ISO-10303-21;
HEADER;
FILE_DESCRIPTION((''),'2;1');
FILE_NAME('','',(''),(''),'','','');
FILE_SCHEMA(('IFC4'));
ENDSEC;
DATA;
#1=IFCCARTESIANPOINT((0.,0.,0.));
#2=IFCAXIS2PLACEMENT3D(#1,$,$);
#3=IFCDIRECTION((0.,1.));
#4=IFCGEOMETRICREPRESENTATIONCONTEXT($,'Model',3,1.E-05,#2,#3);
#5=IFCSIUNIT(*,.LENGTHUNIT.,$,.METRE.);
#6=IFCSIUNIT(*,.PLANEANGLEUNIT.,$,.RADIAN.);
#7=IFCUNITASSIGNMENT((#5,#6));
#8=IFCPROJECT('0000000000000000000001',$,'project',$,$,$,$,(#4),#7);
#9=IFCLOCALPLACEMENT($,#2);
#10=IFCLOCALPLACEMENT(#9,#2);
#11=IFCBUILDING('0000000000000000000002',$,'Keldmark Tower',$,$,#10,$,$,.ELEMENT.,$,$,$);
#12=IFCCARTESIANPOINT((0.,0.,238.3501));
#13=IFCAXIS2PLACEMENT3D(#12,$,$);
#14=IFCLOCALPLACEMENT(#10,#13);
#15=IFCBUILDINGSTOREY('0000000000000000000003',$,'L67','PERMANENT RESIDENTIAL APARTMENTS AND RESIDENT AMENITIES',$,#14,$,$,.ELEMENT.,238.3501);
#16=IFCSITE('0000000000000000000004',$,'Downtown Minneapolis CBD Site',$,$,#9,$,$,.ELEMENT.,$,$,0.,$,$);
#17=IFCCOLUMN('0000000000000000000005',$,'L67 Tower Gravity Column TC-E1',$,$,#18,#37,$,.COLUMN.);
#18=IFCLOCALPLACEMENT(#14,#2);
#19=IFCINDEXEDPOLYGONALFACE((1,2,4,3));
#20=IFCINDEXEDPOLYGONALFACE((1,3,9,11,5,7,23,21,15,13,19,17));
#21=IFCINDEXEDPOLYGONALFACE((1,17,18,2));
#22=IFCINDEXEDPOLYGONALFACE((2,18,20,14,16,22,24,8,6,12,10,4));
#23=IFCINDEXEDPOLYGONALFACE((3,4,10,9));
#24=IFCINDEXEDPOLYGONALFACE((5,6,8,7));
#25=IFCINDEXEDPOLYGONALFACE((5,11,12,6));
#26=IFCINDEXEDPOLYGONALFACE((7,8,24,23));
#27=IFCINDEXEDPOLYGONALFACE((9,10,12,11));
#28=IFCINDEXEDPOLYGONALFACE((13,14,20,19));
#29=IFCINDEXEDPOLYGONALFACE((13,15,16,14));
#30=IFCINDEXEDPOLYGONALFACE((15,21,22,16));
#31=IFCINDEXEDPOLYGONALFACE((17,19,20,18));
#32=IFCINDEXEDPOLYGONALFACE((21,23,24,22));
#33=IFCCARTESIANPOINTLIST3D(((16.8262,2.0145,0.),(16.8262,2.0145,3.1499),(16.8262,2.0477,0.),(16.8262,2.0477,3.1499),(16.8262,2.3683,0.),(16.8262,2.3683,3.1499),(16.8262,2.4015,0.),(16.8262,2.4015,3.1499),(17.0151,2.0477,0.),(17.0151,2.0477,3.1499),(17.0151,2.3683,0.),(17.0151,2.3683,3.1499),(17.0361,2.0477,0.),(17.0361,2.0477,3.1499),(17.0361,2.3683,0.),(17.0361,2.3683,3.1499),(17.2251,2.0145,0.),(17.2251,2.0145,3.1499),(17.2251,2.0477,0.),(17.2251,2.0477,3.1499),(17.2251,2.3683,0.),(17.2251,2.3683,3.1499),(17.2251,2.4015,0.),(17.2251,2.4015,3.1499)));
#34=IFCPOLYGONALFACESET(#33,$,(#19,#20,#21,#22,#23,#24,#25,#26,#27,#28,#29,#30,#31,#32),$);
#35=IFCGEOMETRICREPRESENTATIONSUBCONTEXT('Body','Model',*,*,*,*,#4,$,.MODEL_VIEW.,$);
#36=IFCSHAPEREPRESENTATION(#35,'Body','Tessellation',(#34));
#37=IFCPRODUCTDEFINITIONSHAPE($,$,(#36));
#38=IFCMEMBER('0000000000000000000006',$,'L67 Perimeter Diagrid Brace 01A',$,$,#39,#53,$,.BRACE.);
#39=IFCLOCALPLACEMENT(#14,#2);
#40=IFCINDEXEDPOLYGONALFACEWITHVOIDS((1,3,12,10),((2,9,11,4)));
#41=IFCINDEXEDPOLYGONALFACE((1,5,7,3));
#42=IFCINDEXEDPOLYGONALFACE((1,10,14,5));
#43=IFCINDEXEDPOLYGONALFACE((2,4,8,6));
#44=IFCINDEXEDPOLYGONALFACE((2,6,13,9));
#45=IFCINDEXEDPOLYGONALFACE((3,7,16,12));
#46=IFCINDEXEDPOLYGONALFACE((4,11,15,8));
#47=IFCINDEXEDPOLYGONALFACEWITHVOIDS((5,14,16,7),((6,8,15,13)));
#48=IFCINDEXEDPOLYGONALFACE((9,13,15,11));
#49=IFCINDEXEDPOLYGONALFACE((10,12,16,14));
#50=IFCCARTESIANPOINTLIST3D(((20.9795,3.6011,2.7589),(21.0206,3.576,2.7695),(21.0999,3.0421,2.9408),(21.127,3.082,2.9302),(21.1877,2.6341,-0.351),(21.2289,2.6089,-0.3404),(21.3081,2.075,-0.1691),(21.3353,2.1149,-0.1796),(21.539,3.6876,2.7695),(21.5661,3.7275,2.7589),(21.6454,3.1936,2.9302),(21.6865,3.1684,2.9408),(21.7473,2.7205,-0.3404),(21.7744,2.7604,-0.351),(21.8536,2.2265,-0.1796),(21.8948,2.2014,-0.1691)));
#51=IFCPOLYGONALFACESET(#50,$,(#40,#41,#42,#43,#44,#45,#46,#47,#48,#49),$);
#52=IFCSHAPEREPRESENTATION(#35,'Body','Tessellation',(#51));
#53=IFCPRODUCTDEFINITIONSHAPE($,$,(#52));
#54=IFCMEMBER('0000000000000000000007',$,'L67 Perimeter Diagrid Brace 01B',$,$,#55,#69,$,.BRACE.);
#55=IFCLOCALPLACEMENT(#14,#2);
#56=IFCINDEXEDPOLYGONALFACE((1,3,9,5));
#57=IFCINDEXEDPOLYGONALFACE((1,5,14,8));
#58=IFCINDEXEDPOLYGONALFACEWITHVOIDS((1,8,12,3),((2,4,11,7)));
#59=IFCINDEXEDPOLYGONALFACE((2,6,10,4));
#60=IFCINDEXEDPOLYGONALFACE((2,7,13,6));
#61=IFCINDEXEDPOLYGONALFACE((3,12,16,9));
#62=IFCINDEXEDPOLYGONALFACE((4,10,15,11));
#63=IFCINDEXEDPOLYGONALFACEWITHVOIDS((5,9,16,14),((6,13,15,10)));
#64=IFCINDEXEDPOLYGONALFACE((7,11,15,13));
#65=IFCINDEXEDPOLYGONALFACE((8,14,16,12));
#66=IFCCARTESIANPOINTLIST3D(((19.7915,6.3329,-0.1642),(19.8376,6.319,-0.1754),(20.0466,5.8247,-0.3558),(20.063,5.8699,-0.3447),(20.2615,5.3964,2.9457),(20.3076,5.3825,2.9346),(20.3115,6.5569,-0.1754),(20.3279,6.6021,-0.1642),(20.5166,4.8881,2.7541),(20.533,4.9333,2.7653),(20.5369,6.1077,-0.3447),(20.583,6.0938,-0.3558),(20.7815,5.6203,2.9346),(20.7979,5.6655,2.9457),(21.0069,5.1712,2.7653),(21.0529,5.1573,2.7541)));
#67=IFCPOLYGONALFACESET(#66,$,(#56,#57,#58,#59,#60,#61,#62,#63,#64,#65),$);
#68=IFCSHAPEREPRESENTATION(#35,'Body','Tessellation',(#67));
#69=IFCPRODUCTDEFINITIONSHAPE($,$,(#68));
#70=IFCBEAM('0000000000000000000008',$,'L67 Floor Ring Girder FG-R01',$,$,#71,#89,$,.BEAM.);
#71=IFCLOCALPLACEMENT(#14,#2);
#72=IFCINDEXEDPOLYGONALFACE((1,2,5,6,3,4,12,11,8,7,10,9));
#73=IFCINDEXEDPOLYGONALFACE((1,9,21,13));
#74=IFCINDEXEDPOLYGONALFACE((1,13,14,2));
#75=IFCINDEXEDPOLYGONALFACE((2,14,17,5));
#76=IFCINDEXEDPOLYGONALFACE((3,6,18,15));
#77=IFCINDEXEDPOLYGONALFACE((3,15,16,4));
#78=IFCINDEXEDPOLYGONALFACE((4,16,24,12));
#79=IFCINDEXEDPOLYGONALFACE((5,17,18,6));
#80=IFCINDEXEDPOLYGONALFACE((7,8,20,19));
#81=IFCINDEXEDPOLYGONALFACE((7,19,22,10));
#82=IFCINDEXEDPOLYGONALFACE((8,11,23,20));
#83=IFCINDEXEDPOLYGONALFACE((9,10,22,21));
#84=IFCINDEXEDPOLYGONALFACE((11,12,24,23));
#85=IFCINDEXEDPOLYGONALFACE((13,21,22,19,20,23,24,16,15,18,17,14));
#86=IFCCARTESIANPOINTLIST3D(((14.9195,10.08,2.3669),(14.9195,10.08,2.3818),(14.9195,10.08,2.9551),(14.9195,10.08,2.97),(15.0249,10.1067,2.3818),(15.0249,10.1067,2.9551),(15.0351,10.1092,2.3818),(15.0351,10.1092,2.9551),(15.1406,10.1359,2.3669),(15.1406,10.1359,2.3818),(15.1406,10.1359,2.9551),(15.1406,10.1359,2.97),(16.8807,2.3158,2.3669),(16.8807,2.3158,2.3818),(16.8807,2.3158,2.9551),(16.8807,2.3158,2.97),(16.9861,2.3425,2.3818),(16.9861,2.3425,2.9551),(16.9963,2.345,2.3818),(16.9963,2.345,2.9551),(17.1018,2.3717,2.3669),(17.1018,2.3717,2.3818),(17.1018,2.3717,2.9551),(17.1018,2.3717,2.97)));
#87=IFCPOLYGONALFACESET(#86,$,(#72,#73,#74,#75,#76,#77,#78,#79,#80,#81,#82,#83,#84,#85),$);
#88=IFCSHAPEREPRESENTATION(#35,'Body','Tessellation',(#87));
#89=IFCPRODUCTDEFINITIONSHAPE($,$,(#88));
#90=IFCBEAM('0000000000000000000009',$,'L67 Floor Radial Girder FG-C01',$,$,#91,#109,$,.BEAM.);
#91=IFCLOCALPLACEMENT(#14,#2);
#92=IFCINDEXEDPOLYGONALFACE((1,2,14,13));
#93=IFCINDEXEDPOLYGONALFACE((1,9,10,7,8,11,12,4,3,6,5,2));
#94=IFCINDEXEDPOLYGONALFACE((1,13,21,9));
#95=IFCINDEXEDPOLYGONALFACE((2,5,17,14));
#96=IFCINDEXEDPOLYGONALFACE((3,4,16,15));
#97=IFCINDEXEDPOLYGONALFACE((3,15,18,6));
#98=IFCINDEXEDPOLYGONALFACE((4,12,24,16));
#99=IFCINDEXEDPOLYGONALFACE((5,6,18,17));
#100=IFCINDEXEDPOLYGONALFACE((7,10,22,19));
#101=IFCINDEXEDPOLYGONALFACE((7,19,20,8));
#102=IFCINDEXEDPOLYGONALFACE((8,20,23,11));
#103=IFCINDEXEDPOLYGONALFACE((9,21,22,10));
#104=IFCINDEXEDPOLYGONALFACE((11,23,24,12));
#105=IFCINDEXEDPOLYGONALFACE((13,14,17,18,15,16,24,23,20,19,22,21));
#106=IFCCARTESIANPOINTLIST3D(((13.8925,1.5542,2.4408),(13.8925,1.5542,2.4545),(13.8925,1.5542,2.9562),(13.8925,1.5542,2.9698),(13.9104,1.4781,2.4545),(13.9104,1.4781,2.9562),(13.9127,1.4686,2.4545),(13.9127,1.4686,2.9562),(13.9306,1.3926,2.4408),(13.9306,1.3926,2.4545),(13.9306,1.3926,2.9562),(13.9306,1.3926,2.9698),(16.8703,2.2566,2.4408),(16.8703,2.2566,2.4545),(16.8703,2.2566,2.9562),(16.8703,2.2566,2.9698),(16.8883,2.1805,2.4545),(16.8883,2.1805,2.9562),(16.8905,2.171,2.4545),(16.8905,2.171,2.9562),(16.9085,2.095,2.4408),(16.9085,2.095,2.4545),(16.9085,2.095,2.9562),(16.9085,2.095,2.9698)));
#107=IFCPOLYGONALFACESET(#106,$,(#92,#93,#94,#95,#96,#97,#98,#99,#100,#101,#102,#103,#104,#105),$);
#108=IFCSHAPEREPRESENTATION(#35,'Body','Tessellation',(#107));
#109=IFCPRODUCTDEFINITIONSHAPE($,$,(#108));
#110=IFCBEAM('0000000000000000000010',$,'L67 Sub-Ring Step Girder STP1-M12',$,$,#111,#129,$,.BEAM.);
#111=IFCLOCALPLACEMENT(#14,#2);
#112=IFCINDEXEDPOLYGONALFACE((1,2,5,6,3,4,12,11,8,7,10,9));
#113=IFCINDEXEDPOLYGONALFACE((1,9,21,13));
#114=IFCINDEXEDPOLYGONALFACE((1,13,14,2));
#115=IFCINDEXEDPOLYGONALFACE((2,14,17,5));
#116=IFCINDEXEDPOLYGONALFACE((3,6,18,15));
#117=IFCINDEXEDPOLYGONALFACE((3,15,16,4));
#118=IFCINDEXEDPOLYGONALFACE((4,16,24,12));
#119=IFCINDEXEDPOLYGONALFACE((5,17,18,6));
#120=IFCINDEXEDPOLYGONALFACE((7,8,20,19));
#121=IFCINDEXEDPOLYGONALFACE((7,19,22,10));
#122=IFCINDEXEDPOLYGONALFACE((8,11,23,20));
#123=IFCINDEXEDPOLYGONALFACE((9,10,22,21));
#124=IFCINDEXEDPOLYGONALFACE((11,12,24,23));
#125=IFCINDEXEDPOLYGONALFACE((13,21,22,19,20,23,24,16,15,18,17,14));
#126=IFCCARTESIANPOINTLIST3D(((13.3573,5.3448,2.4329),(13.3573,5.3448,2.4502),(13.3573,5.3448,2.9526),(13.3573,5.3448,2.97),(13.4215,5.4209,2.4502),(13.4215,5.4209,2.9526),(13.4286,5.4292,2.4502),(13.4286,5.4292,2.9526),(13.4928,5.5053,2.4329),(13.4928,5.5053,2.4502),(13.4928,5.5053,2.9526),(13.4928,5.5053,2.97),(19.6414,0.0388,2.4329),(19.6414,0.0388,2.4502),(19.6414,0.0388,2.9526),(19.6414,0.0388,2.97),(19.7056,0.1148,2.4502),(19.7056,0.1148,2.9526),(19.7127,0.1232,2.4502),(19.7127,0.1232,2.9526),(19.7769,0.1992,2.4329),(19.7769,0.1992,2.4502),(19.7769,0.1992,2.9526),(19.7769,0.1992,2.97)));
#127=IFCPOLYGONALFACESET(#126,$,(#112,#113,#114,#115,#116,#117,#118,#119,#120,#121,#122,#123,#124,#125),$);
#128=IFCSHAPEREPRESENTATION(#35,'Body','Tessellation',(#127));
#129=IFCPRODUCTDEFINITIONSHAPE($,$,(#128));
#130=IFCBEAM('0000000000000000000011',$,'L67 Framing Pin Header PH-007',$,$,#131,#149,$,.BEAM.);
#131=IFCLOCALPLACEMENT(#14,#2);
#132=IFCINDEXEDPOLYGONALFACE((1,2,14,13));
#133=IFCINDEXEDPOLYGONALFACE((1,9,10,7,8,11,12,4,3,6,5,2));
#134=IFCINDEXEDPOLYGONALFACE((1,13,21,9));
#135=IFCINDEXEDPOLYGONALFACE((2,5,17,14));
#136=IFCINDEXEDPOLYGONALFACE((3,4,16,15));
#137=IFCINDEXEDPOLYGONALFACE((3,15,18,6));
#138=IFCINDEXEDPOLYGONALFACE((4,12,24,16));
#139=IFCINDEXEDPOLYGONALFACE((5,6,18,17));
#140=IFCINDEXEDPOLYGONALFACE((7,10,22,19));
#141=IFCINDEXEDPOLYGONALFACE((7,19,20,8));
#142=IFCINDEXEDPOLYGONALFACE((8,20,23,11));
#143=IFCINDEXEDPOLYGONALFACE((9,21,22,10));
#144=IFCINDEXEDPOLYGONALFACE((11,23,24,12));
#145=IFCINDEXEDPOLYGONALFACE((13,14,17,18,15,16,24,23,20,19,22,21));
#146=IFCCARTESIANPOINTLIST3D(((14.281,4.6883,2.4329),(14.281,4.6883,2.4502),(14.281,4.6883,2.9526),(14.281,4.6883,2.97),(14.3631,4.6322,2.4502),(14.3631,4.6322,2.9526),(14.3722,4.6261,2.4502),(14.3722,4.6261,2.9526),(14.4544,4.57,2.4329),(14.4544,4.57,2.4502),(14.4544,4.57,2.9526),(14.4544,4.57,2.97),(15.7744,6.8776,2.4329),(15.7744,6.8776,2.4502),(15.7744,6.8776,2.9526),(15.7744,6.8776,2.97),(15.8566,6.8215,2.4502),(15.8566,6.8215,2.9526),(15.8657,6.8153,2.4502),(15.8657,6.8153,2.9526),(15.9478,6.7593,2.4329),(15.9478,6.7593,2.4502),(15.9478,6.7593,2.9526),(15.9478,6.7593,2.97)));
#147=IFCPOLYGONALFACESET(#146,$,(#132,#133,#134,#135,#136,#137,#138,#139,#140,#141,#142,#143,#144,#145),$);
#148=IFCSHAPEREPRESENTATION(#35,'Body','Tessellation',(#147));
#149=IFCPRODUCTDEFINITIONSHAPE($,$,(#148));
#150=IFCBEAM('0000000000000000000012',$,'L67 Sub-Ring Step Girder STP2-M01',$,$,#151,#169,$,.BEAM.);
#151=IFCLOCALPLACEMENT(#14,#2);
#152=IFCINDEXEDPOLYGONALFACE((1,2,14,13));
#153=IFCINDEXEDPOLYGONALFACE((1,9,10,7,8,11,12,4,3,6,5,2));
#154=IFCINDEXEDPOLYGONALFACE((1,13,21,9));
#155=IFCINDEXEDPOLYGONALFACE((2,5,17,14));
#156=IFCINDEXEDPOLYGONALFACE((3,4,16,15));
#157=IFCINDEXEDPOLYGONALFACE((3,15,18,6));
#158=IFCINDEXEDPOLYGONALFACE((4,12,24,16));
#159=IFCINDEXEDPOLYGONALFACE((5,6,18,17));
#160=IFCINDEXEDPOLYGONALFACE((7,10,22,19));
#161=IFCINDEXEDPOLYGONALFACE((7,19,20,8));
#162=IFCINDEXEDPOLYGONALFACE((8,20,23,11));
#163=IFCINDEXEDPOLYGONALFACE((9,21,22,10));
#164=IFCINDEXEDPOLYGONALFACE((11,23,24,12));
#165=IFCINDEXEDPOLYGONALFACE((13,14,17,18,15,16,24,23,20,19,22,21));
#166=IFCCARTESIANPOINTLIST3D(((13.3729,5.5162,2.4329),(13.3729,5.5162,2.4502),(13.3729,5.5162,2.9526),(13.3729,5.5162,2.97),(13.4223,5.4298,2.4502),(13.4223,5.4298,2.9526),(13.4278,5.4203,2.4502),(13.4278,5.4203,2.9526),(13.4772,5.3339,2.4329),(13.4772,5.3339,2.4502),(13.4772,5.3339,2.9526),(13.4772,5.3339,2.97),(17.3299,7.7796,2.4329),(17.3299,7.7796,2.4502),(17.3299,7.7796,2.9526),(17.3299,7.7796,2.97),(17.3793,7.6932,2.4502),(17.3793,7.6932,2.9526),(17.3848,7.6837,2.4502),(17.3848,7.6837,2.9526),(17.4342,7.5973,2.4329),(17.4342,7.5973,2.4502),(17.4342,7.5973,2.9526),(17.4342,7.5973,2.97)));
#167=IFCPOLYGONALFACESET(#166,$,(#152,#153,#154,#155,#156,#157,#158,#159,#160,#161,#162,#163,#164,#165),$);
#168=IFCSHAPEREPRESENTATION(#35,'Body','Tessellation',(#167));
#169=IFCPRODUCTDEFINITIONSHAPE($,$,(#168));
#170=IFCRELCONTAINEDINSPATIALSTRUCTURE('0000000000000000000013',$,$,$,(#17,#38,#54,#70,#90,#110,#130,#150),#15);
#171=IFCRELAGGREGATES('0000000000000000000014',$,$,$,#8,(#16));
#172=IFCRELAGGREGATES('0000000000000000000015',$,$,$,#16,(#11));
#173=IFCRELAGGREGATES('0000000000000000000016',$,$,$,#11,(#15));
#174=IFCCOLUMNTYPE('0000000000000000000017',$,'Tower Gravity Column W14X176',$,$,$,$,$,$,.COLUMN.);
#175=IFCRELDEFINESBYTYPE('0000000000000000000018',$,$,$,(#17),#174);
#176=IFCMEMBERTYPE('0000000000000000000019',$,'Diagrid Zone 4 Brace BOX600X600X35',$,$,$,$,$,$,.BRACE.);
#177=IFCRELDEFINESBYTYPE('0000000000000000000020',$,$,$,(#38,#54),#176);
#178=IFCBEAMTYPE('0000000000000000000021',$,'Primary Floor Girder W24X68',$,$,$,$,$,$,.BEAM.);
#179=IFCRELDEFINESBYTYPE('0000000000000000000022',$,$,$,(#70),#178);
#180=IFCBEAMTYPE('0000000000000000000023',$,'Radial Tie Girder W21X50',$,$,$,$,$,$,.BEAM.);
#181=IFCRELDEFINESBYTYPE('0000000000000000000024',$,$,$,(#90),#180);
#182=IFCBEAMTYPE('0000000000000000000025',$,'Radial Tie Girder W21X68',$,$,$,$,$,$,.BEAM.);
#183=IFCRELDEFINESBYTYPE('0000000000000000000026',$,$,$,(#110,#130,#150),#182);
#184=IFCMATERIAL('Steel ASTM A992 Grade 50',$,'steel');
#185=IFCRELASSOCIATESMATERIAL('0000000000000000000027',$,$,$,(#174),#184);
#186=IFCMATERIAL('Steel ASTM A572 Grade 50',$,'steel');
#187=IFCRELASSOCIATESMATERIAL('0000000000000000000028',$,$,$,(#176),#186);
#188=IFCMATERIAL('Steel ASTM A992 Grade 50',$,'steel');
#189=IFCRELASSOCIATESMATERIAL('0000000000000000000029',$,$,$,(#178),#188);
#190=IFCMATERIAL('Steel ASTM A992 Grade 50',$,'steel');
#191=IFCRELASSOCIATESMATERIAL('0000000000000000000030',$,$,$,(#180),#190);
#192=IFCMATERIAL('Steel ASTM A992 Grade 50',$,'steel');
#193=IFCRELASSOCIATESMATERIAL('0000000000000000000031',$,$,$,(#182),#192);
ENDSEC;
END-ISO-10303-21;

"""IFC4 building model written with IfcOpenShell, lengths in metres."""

from ifc_helpers import new_model, si_unit, direction, frame, origin, origin_2d, place, context, subcontext, project, spatial, hollow_rectangle, i_section, extrude, material, material_profile, profile_set, type_object, element, save


model = new_model("IFC4")

# Units and contexts
model_context = context("Model", 3, precision=1e-05, world=origin(), true_north=direction((0.0, 1.0)))
body_context = subcontext(model_context, "Body", "Model", "MODEL_VIEW")
ifc_project = project(units=[si_unit("LENGTHUNIT", "METRE"), si_unit("PLANEANGLEUNIT", "RADIAN")], contexts=[model_context])

# Site, building, storey
site_placement = place(None, origin())
site = spatial("IfcSite", under=ifc_project, at=site_placement, Name="Downtown Minneapolis CBD Site", CompositionType="ELEMENT", RefElevation=0.0)
building_placement = place(site_placement, origin())
building = spatial("IfcBuilding", under=site, at=building_placement, Name="Keldmark Tower", CompositionType="ELEMENT")
storey_placement = place(building_placement, frame((0.0, 0.0, 238.3501)))
storey = spatial("IfcBuildingStorey", under=building, at=storey_placement, Name="L67", Description="PERMANENT RESIDENTIAL APARTMENTS AND RESIDENT AMENITIES", CompositionType="ELEMENT", Elevation=238.3501)

# Column
ifc_material_1 = material(Name="Steel ASTM A992 Grade 50", Category="steel")
ifc_material_profile_1 = material_profile(ifc_material_1, i_section(OverallWidth=0.3989, OverallDepth=0.387, WebThickness=0.021, FlangeThickness=0.0332, at=origin_2d()), Name="W14X176")
ifc_profile_set_1 = profile_set([ifc_material_profile_1], Name="Steel ASTM A992 Grade 50")
column_type = type_object("IfcColumnType", Name="Tower Gravity Column W14X176", PredefinedType="COLUMN", material=ifc_profile_set_1)
column_placement = place(storey_placement, frame((17.0256, 2.208, 0.0), z_axis=(0.0, 0.0, 1.0), x_axis=(1.0, 0.0, 0.0)))
element("IfcColumn", 1, at=column_placement, inside=storey, type_object=column_type, Name="L67 Tower Gravity Column TC-E1", PredefinedType="COLUMN", context=body_context, shape_type="SweptSolid", body=[
    extrude(i_section(OverallWidth=0.3989, OverallDepth=0.387, WebThickness=0.021, FlangeThickness=0.0332, at=origin_2d()), origin(), (0.0, 0.0, 1.0), 3.1499),
])

# Members
ifc_material_2 = material(Name="Steel ASTM A572 Grade 50", Category="steel")
ifc_material_profile_2 = material_profile(ifc_material_2, hollow_rectangle(XDim=0.6001, YDim=0.6001, WallThickness=0.0349, at=origin_2d()), Name="BOX600X600X35")
ifc_profile_set_2 = profile_set([ifc_material_profile_2], Name="Steel ASTM A572 Grade 50")
member_type = type_object("IfcMemberType", Name="Diagrid Zone 4 Brace BOX600X600X35", PredefinedType="BRACE", material=ifc_profile_set_2)
member_1_placement = place(storey_placement, frame((21.5413, 2.4177, -0.26), z_axis=(-0.063814, 0.296329, 0.952952), x_axis=(-0.977589, -0.210523, 0.0)))
element("IfcMember", 2, at=member_1_placement, inside=storey, type_object=member_type, Name="L67 Perimeter Diagrid Brace 01A", PredefinedType="BRACE", context=body_context, shape_type="SweptSolid", body=[
    extrude(hollow_rectangle(XDim=0.6001, YDim=0.6001, WallThickness=0.0349, at=origin_2d()), origin(), (0.0, 0.0, 1.0), 3.2634),
])
member_2_placement = place(storey_placement, frame((20.1873, 6.2134, -0.26), z_axis=(0.143212, -0.285382, 0.947654), x_axis=(0.893774, 0.448518, 0.0)))
element("IfcMember", 3, at=member_2_placement, inside=storey, type_object=member_type, Name="L67 Perimeter Diagrid Brace 01B", PredefinedType="BRACE", context=body_context, shape_type="SweptSolid", body=[
    extrude(hollow_rectangle(XDim=0.6001, YDim=0.6001, WallThickness=0.0349, at=origin_2d()), origin(), (0.0, 0.0, 1.0), 3.2817),
])

# Beams
ifc_material_3 = material(Name="Steel ASTM A992 Grade 50", Category="steel")
ifc_material_profile_3 = material_profile(ifc_material_3, i_section(OverallWidth=0.228, OverallDepth=0.603, WebThickness=0.0105, FlangeThickness=0.0149, at=origin_2d()), Name="W24X68")
ifc_profile_set_3 = profile_set([ifc_material_profile_3], Name="Steel ASTM A992 Grade 50")
beam_type_1 = type_object("IfcBeamType", Name="Primary Floor Girder W24X68", PredefinedType="BEAM", material=ifc_profile_set_3)
beam_1_placement = place(storey_placement, frame((16.9912, 2.3438, 2.6685), z_axis=(-0.244902, 0.969548, 0.0), x_axis=(-0.969548, -0.244902, 0.0)))
element("IfcBeam", 4, at=beam_1_placement, inside=storey, type_object=beam_type_1, Name="L67 Floor Ring Girder FG-R01", PredefinedType="BEAM", context=body_context, shape_type="SweptSolid", body=[
    extrude(i_section(OverallWidth=0.228, OverallDepth=0.603, WebThickness=0.0105, FlangeThickness=0.0149, at=origin_2d()), origin(), (0.0, 0.0, 1.0), 8.0081),
])
ifc_material_4 = material(Name="Steel ASTM A992 Grade 50", Category="steel")
ifc_material_profile_4 = material_profile(ifc_material_4, i_section(OverallWidth=0.166, OverallDepth=0.5291, WebThickness=0.0098, FlangeThickness=0.0137, at=origin_2d()), Name="W21X50")
ifc_profile_set_4 = profile_set([ifc_material_profile_4], Name="Steel ASTM A992 Grade 50")
beam_type_2 = type_object("IfcBeamType", Name="Radial Tie Girder W21X50", PredefinedType="BEAM", material=ifc_profile_set_4)
beam_2_placement = place(storey_placement, frame((16.8894, 2.1758, 2.7053), z_axis=(-0.97329, -0.229577, 0.0), x_axis=(0.229577, -0.97329, 0.0)))
element("IfcBeam", 5, at=beam_2_placement, inside=storey, type_object=beam_type_2, Name="L67 Floor Radial Girder FG-C01", PredefinedType="BEAM", context=body_context, shape_type="SweptSolid", body=[
    extrude(i_section(OverallWidth=0.166, OverallDepth=0.5291, WebThickness=0.0098, FlangeThickness=0.0137, at=origin_2d()), origin(), (0.0, 0.0, 1.0), 3.0596),
])
ifc_material_5 = material(Name="Steel ASTM A992 Grade 50", Category="steel")
ifc_material_profile_5 = material_profile(ifc_material_5, i_section(OverallWidth=0.21, OverallDepth=0.5371, WebThickness=0.011, FlangeThickness=0.0173, at=origin_2d()), Name="W21X68")
ifc_profile_set_5 = profile_set([ifc_material_profile_5], Name="Steel ASTM A992 Grade 50")
beam_type_3 = type_object("IfcBeamType", Name="Radial Tie Girder W21X68", PredefinedType="BEAM", material=ifc_profile_set_5)
beam_3_placement = place(storey_placement, frame((13.425, 5.425, 2.7014), z_axis=(0.764059, -0.645146, 0.0), x_axis=(0.645146, 0.764059, 0.0)))
element("IfcBeam", 6, at=beam_3_placement, inside=storey, type_object=beam_type_3, Name="L67 Sub-Ring Step Girder STP1-M12", PredefinedType="BEAM", context=body_context, shape_type="SweptSolid", body=[
    extrude(i_section(OverallWidth=0.21, OverallDepth=0.5371, WebThickness=0.011, FlangeThickness=0.0173, at=origin_2d()), origin(), (0.0, 0.0, 1.0), 8.2246),
])
beam_4_placement = place(storey_placement, frame((14.3677, 4.6292, 2.7014), z_axis=(0.563534, 0.826093, 0.0), x_axis=(-0.826093, 0.563534, 0.0)))
element("IfcBeam", 7, at=beam_4_placement, inside=storey, type_object=beam_type_3, Name="L67 Framing Pin Header PH-007", PredefinedType="BEAM", context=body_context, shape_type="SweptSolid", body=[
    extrude(i_section(OverallWidth=0.21, OverallDepth=0.5371, WebThickness=0.011, FlangeThickness=0.0173, at=origin_2d()), origin(), (0.0, 0.0, 1.0), 2.6501),
])
beam_5_placement = place(storey_placement, frame((13.425, 5.425, 2.7014), z_axis=(0.868029, 0.496514, 0.0), x_axis=(-0.496514, 0.868029, 0.0)))
element("IfcBeam", 8, at=beam_5_placement, inside=storey, type_object=beam_type_3, Name="L67 Sub-Ring Step Girder STP2-M01", PredefinedType="BEAM", context=body_context, shape_type="SweptSolid", body=[
    extrude(i_section(OverallWidth=0.21, OverallDepth=0.5371, WebThickness=0.011, FlangeThickness=0.0173, at=origin_2d()), origin(), (0.0, 0.0, 1.0), 4.5586),
])

save(model, "model.ifc")
